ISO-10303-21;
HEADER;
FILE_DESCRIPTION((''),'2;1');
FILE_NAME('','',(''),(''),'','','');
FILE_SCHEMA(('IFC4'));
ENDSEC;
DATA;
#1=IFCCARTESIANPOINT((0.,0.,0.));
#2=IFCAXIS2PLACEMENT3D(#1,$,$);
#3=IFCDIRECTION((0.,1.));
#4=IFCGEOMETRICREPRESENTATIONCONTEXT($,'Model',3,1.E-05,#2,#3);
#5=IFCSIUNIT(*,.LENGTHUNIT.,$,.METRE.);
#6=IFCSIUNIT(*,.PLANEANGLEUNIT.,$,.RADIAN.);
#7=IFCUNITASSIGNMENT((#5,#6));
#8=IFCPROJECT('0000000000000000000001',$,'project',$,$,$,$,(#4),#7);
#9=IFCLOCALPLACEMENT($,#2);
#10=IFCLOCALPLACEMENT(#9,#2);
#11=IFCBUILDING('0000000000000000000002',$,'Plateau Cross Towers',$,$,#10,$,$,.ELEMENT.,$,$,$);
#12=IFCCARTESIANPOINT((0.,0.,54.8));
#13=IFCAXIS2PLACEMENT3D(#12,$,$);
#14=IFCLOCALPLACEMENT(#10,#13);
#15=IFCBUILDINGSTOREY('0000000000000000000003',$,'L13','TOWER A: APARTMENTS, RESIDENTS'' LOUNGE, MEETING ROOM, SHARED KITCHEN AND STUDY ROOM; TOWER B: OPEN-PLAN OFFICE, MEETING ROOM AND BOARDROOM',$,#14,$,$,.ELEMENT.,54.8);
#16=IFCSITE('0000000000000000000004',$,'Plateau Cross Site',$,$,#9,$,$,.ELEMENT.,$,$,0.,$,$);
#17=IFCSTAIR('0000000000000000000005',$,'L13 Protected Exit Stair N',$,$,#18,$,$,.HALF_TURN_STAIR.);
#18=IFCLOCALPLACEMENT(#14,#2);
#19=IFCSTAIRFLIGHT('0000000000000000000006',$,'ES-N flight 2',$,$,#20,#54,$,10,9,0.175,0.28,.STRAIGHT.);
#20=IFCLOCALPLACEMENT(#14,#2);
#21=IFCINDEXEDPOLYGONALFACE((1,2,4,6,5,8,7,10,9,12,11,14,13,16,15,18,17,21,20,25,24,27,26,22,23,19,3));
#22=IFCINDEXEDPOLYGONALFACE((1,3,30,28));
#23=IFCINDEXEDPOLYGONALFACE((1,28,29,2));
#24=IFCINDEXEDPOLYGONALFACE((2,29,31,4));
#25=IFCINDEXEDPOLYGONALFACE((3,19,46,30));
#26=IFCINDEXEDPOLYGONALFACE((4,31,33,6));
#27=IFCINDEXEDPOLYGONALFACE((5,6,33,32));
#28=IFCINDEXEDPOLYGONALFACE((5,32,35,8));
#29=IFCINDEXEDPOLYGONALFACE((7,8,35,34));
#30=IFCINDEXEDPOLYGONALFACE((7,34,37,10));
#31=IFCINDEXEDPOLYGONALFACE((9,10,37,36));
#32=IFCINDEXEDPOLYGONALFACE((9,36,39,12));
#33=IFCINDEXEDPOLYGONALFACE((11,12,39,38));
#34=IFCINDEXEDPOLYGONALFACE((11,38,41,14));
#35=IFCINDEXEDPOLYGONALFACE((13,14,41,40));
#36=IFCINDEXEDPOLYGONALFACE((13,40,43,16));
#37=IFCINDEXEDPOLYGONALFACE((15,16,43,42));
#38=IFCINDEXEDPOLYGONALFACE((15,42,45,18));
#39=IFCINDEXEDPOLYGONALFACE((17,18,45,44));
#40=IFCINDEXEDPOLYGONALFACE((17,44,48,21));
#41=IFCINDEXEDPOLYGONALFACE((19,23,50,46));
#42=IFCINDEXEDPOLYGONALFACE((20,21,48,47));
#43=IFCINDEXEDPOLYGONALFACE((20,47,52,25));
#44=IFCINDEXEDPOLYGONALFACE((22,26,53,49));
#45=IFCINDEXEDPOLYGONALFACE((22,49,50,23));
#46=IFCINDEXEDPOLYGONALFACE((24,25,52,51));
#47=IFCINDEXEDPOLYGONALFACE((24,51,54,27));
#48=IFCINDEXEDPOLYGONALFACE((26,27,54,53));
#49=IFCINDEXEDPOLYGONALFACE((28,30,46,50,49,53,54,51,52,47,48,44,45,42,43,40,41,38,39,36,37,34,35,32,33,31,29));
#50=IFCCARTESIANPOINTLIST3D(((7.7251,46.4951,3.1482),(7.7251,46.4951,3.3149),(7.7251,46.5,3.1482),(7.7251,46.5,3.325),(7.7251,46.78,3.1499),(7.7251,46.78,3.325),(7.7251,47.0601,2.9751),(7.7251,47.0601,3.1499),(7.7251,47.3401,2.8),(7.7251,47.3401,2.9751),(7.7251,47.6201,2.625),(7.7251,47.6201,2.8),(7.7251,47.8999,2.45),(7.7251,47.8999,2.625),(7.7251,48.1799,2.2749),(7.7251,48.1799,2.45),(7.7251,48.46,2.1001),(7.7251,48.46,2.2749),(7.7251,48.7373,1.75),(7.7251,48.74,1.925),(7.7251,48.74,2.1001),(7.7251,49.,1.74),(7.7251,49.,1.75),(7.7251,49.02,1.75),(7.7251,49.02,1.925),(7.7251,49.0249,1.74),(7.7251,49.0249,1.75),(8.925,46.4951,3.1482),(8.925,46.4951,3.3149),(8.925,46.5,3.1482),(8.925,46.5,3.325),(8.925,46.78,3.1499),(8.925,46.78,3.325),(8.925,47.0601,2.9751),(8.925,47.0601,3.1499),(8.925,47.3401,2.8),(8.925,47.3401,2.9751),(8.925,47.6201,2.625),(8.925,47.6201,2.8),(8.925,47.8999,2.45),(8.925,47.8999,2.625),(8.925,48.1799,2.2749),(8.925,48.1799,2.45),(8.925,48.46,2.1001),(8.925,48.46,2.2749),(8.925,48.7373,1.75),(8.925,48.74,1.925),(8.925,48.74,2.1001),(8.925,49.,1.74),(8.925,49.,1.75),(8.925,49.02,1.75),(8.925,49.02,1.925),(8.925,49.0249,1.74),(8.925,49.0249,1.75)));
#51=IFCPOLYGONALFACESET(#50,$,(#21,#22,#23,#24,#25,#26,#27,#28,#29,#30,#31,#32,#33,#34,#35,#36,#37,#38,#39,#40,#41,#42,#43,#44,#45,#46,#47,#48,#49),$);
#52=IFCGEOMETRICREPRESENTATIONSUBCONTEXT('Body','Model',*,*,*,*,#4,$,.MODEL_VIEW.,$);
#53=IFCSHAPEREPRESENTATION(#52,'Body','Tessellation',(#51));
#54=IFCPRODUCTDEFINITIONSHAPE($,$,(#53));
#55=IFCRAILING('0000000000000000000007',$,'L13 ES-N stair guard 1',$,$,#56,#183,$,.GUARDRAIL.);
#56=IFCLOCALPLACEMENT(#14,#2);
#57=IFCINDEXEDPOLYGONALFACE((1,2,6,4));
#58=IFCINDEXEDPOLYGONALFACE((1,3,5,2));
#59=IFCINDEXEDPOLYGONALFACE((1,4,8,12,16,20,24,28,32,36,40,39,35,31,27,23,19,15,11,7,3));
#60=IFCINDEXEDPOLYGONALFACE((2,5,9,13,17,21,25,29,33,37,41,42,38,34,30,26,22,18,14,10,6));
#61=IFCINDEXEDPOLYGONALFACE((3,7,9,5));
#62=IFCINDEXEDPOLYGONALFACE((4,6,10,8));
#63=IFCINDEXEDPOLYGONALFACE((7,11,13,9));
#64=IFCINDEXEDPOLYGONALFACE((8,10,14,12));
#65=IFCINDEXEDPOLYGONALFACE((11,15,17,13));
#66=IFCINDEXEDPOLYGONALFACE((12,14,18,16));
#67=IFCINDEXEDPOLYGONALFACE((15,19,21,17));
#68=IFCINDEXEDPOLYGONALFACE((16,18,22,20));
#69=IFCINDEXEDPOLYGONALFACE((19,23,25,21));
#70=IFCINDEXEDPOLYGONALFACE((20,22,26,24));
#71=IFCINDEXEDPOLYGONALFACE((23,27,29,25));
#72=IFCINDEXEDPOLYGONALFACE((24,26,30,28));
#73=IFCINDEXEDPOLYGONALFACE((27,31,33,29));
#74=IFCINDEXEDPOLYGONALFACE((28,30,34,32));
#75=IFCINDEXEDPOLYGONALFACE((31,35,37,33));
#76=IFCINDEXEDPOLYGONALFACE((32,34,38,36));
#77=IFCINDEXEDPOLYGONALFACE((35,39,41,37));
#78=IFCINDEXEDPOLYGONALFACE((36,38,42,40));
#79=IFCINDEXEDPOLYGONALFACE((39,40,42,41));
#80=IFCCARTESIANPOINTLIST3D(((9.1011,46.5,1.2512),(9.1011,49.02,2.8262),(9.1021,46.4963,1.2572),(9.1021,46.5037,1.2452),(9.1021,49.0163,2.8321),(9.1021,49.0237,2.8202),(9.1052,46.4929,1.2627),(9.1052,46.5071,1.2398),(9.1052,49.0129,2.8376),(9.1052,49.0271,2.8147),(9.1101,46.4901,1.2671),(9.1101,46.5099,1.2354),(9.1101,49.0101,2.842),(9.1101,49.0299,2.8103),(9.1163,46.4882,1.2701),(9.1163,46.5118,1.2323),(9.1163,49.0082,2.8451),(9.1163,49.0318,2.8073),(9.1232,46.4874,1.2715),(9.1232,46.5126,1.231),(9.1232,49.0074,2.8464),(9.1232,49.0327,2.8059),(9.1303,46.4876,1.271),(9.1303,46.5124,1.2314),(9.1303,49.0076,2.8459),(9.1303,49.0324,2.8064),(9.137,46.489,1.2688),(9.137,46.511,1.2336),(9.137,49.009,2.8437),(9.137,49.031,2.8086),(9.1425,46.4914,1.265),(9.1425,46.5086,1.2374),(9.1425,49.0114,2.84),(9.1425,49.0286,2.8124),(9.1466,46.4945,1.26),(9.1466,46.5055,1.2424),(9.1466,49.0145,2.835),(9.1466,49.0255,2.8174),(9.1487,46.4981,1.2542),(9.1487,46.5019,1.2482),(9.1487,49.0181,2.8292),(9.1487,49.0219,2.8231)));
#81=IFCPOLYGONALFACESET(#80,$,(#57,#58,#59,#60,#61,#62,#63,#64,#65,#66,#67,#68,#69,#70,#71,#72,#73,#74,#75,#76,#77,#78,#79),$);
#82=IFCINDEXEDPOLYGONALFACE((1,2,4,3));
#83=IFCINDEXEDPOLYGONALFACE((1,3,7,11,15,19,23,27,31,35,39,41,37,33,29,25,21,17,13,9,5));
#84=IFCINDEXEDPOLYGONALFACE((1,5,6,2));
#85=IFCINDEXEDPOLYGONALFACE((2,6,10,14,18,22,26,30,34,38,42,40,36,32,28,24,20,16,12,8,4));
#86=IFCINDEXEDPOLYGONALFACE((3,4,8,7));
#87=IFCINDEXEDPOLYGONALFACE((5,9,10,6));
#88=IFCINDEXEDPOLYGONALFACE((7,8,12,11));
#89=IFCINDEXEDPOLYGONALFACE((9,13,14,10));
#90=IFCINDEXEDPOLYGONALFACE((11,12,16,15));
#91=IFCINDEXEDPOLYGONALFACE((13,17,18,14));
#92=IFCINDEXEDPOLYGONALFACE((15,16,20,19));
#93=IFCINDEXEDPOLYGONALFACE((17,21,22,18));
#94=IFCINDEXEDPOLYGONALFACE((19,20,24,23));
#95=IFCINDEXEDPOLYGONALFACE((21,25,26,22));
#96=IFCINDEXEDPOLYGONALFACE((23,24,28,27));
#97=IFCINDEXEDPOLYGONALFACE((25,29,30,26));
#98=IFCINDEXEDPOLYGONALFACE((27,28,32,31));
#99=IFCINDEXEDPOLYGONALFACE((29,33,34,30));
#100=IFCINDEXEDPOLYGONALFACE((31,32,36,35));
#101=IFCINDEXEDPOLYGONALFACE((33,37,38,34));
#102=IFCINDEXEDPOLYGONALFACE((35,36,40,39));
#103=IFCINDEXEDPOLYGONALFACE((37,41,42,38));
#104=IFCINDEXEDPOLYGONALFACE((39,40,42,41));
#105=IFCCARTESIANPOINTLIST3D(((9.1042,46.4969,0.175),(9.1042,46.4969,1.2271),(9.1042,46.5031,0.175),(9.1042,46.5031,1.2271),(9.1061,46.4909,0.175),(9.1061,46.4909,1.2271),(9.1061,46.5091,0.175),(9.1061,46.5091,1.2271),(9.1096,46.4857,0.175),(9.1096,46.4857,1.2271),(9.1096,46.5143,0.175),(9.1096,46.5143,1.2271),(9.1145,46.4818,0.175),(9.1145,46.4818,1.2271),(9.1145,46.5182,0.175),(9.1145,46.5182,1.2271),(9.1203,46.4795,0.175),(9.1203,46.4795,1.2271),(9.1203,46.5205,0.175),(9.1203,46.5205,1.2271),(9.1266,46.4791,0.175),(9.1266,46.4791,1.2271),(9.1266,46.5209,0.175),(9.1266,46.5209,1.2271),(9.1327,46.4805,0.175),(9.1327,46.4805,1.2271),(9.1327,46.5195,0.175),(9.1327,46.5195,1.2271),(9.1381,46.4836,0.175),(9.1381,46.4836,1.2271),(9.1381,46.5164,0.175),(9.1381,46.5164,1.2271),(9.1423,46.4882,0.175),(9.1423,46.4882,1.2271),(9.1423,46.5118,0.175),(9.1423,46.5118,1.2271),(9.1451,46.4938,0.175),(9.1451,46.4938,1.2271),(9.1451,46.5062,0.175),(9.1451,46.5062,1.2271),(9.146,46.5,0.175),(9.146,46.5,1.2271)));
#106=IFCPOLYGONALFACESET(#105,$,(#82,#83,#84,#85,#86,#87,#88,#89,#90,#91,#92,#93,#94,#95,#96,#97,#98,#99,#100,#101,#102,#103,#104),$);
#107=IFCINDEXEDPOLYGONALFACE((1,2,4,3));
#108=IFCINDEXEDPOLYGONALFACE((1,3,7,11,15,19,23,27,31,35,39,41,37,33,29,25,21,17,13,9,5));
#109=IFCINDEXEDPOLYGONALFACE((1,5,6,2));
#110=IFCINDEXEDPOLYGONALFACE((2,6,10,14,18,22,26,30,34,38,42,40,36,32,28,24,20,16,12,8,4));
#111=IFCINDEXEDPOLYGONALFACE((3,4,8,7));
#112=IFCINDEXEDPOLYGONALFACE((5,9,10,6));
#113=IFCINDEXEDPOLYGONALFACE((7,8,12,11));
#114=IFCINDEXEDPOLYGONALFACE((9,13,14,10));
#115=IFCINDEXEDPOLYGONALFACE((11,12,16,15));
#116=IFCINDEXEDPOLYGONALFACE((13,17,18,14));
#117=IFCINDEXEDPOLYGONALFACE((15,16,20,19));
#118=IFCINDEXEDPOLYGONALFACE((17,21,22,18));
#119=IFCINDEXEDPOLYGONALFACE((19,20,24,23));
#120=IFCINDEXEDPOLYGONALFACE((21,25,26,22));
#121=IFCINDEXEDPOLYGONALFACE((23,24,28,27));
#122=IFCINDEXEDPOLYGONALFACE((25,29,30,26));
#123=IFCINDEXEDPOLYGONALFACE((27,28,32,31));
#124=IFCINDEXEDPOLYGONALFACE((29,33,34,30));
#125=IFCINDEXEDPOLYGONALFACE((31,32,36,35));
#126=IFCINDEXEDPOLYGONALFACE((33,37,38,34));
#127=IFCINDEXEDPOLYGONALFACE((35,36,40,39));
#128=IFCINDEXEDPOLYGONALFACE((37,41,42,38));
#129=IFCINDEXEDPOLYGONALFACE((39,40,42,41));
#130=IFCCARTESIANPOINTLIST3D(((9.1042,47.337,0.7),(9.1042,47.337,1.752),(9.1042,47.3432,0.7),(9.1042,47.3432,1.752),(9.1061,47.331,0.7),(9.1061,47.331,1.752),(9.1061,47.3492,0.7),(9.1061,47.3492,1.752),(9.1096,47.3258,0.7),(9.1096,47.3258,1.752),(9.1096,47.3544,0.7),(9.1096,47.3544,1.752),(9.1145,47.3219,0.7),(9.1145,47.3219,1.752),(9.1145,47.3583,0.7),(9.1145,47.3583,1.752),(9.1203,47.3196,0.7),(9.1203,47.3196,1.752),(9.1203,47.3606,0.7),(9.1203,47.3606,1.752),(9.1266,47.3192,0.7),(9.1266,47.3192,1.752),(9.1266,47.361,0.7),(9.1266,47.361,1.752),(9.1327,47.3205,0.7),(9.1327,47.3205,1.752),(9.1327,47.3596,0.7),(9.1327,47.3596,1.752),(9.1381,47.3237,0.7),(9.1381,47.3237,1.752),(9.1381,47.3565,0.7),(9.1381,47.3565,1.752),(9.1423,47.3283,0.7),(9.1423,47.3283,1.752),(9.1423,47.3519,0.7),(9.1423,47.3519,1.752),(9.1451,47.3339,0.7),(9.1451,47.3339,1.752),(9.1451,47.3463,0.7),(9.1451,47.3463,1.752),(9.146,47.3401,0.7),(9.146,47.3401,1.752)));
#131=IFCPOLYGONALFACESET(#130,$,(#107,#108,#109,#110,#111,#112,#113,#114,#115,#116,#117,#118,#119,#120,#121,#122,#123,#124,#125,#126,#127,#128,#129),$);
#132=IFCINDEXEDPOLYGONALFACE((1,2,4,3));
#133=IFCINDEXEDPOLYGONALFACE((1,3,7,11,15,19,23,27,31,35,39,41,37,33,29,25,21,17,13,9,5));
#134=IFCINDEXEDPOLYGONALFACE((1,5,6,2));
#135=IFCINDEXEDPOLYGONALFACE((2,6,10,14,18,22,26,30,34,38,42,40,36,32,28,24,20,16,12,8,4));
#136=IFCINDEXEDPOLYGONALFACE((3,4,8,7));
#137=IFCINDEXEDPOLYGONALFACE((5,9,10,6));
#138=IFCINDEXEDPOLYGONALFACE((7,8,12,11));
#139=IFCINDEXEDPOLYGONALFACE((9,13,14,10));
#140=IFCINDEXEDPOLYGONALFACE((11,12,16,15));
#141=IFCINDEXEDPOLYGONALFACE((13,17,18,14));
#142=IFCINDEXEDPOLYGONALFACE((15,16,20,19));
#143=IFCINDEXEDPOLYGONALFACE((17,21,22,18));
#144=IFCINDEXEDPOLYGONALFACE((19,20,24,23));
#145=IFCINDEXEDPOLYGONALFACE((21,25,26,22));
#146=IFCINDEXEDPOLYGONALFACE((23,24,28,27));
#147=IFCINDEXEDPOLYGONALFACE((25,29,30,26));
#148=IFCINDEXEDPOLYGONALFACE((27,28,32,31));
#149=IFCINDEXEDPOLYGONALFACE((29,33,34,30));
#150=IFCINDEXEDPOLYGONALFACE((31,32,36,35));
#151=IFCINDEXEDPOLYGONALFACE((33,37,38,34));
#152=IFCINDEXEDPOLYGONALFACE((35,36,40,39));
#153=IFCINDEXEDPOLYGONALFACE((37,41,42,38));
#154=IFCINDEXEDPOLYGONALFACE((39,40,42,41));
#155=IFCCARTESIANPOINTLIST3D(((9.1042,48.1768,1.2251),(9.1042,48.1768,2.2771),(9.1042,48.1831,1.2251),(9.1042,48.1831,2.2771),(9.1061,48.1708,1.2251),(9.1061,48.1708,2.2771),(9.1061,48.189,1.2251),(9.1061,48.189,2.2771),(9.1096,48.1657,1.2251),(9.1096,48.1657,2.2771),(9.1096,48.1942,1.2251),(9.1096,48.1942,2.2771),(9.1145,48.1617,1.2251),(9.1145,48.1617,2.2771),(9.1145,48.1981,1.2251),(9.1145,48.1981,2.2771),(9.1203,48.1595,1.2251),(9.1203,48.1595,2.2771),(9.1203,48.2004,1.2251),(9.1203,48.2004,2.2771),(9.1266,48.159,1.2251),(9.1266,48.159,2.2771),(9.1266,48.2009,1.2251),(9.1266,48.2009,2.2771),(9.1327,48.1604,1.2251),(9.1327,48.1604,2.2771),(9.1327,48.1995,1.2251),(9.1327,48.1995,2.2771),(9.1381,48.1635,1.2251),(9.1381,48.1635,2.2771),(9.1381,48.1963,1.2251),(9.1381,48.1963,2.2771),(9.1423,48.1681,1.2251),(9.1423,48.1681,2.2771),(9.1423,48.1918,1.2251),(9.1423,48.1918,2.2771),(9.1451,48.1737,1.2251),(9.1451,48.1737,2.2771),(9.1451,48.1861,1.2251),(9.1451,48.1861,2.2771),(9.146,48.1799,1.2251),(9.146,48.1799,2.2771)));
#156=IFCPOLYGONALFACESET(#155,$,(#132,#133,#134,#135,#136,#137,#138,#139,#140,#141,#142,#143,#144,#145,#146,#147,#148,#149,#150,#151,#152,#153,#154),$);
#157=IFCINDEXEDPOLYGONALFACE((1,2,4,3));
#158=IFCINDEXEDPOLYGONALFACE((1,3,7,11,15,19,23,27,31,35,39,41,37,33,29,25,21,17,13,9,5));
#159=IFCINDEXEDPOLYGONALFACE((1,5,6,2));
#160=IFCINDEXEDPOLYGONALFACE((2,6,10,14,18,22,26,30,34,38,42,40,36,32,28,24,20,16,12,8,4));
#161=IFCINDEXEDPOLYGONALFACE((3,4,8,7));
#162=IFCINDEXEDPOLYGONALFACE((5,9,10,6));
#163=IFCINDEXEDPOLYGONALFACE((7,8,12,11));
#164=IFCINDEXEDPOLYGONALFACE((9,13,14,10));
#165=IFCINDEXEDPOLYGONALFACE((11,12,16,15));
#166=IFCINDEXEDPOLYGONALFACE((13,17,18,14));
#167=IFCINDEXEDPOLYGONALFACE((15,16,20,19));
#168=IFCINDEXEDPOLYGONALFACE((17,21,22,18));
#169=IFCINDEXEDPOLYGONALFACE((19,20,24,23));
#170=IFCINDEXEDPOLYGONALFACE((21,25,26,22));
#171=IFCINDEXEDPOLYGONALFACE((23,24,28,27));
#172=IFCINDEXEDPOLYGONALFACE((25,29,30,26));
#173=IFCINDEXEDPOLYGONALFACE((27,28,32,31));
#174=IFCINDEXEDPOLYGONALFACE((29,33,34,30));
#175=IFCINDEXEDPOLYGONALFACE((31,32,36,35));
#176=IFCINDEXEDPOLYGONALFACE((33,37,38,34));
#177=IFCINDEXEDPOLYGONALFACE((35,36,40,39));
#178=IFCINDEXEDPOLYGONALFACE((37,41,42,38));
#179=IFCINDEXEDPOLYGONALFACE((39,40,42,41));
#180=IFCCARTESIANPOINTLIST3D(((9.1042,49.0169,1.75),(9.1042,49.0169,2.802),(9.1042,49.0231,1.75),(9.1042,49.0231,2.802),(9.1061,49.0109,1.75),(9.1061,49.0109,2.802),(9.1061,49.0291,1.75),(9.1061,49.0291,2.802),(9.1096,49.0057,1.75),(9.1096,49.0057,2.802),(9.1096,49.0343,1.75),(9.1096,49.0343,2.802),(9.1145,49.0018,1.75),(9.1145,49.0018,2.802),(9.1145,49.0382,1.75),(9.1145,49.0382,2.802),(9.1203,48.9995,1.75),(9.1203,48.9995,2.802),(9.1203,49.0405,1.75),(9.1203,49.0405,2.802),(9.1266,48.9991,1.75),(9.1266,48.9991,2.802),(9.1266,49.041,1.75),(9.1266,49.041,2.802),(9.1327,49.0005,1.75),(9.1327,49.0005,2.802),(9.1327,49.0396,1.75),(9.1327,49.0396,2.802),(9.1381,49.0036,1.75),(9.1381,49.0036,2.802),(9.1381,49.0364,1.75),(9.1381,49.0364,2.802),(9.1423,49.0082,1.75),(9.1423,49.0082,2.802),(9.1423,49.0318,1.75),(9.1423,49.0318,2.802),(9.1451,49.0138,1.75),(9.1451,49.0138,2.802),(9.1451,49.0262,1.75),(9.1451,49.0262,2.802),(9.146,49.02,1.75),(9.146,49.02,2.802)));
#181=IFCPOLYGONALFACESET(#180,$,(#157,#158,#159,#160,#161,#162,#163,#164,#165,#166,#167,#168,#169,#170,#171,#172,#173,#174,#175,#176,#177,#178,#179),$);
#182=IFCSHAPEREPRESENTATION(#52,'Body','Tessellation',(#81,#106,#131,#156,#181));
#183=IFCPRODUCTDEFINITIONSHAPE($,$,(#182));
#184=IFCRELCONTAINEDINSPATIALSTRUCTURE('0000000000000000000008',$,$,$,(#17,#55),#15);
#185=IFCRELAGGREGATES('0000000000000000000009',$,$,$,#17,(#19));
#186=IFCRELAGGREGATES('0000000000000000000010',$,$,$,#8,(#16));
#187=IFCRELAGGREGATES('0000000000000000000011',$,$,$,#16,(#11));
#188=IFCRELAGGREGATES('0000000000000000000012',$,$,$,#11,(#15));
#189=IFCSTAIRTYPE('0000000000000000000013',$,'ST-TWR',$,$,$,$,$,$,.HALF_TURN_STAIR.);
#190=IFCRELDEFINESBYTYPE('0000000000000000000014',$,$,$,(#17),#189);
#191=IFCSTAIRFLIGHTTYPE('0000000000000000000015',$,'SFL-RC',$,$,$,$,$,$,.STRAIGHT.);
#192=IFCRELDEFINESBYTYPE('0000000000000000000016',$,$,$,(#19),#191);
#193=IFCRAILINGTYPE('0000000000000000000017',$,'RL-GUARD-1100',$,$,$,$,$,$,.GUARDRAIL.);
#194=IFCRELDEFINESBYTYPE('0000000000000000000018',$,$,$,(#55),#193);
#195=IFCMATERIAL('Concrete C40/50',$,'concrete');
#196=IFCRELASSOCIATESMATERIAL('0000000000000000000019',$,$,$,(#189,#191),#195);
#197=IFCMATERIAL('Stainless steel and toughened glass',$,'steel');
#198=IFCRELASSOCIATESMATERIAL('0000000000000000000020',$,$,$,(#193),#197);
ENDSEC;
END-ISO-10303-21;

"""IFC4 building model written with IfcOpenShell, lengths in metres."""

from ifc_helpers import new_model, si_unit, direction, frame, origin, origin_2d, place, context, subcontext, project, spatial, polyline, circle, outline, extrude, material, type_object, element, aggregate, save


model = new_model("IFC4")

# Units and contexts
model_context = context("Model", 3, precision=1e-05, world=origin(), true_north=direction((0.0, 1.0)))
body_context = subcontext(model_context, "Body", "Model", "MODEL_VIEW")
ifc_project = project(units=[si_unit("LENGTHUNIT", "METRE"), si_unit("PLANEANGLEUNIT", "RADIAN")], contexts=[model_context])

# Site, building, storey
site_placement = place(None, origin())
site = spatial("IfcSite", under=ifc_project, at=site_placement, Name="Plateau Cross Site", CompositionType="ELEMENT", RefElevation=0.0)
building_placement = place(site_placement, origin())
building = spatial("IfcBuilding", under=site, at=building_placement, Name="Plateau Cross Towers", CompositionType="ELEMENT")
storey_placement = place(building_placement, frame((0.0, 0.0, 54.8)))
storey = spatial("IfcBuildingStorey", under=building, at=storey_placement, Name="L13", Description="TOWER A: APARTMENTS, RESIDENTS' LOUNGE, MEETING ROOM, SHARED KITCHEN AND STUDY ROOM; TOWER B: OPEN-PLAN OFFICE, MEETING ROOM AND BOARDROOM", CompositionType="ELEMENT", Elevation=54.8)

# Stair, stair flight
ifc_material_1 = material(Name="Concrete C40/50", Category="concrete")
stair_type = type_object("IfcStairType", Name="ST-TWR", PredefinedType="HALF_TURN_STAIR", material=ifc_material_1)
stair_placement = place(storey_placement, origin())
stair = element("IfcStair", 1, at=stair_placement, inside=storey, type_object=stair_type, Name="L13 Protected Exit Stair N", PredefinedType="HALF_TURN_STAIR")
stair_flight_type = type_object("IfcStairFlightType", Name="SFL-RC", PredefinedType="STRAIGHT", material=ifc_material_1)
stair_flight_1_placement = place(storey_placement, frame((8.325, 49.02, 1.75), z_axis=(0.0, 0.0, 1.0), x_axis=(0.0, -1.0, 0.0)))
stair_flight_1 = element("IfcStairFlight", 2, at=stair_flight_1_placement, type_object=stair_flight_type, Name="ES-N flight 2", NumberOfRisers=10, NumberOfTreads=9, PredefinedType="STRAIGHT", RiserHeight=0.175, TreadLength=0.28, context=body_context, shape_type="SweptSolid", body=[
    extrude(outline(polyline([(-0.0049, -0.01), (-0.0049, 0.0), (0.0, 0.0), (0.0, 0.175), (0.28, 0.175), (0.28, 0.3501), (0.5601, 0.3501), (0.5601, 0.5249), (0.8401, 0.5249), (0.8401, 0.7), (1.1201, 0.7), (1.1201, 0.875), (1.3999, 0.875), (1.3999, 1.05), (1.6799, 1.05), (1.6799, 1.2251), (1.96, 1.2251), (1.96, 1.3999), (2.24, 1.3999), (2.24, 1.575), (2.52, 1.575), (2.5249, 1.5649), (2.5249, 1.3982), (2.52, 1.3982), (0.2827, 0.0), (0.02, 0.0), (0.02, -0.01), (-0.0049, -0.01)])), frame((0.0, 0.6001, 0.0), z_axis=(0.0, -1.0, 0.0), x_axis=(1.0, 0.0, 0.0)), (0.0, 0.0, 1.0), 1.2),
])
aggregate(stair, [stair_flight_1])

# Railing
ifc_material_2 = material(Name="Stainless steel and toughened glass", Category="steel")
railing_type_1 = type_object("IfcRailingType", Name="RL-GUARD-1100", PredefinedType="GUARDRAIL", material=ifc_material_2)
railing_1_placement = place(storey_placement, frame((9.125, 46.5, 0.175)))
element("IfcRailing", 3, at=railing_1_placement, inside=storey, type_object=railing_type_1, Name="L13 ES-N stair guard 1", PredefinedType="GUARDRAIL", context=body_context, shape_type="SweptSolid", body=[
    extrude(circle(Radius=0.0239, at=origin_2d()), frame((0.0, 0.0, 1.0762), z_axis=(0.0, 0.848008, 0.529984), x_axis=(-1.0, 0.0, 0.0)), (0.0, 0.0, 1.0), 2.9717),
    extrude(circle(Radius=0.021, at=origin_2d()), origin(), (0.0, 0.0, 1.0), 1.052),
    extrude(circle(Radius=0.021, at=origin_2d()), frame((0.0, 0.8401, 0.5249)), (0.0, 0.0, 1.0), 1.052),
    extrude(circle(Radius=0.021, at=origin_2d()), frame((0.0, 1.6799, 1.05)), (0.0, 0.0, 1.0), 1.052),
    extrude(circle(Radius=0.021, at=origin_2d()), frame((0.0, 2.52, 1.575)), (0.0, 0.0, 1.0), 1.052),
])

save(model, "model.ifc")
